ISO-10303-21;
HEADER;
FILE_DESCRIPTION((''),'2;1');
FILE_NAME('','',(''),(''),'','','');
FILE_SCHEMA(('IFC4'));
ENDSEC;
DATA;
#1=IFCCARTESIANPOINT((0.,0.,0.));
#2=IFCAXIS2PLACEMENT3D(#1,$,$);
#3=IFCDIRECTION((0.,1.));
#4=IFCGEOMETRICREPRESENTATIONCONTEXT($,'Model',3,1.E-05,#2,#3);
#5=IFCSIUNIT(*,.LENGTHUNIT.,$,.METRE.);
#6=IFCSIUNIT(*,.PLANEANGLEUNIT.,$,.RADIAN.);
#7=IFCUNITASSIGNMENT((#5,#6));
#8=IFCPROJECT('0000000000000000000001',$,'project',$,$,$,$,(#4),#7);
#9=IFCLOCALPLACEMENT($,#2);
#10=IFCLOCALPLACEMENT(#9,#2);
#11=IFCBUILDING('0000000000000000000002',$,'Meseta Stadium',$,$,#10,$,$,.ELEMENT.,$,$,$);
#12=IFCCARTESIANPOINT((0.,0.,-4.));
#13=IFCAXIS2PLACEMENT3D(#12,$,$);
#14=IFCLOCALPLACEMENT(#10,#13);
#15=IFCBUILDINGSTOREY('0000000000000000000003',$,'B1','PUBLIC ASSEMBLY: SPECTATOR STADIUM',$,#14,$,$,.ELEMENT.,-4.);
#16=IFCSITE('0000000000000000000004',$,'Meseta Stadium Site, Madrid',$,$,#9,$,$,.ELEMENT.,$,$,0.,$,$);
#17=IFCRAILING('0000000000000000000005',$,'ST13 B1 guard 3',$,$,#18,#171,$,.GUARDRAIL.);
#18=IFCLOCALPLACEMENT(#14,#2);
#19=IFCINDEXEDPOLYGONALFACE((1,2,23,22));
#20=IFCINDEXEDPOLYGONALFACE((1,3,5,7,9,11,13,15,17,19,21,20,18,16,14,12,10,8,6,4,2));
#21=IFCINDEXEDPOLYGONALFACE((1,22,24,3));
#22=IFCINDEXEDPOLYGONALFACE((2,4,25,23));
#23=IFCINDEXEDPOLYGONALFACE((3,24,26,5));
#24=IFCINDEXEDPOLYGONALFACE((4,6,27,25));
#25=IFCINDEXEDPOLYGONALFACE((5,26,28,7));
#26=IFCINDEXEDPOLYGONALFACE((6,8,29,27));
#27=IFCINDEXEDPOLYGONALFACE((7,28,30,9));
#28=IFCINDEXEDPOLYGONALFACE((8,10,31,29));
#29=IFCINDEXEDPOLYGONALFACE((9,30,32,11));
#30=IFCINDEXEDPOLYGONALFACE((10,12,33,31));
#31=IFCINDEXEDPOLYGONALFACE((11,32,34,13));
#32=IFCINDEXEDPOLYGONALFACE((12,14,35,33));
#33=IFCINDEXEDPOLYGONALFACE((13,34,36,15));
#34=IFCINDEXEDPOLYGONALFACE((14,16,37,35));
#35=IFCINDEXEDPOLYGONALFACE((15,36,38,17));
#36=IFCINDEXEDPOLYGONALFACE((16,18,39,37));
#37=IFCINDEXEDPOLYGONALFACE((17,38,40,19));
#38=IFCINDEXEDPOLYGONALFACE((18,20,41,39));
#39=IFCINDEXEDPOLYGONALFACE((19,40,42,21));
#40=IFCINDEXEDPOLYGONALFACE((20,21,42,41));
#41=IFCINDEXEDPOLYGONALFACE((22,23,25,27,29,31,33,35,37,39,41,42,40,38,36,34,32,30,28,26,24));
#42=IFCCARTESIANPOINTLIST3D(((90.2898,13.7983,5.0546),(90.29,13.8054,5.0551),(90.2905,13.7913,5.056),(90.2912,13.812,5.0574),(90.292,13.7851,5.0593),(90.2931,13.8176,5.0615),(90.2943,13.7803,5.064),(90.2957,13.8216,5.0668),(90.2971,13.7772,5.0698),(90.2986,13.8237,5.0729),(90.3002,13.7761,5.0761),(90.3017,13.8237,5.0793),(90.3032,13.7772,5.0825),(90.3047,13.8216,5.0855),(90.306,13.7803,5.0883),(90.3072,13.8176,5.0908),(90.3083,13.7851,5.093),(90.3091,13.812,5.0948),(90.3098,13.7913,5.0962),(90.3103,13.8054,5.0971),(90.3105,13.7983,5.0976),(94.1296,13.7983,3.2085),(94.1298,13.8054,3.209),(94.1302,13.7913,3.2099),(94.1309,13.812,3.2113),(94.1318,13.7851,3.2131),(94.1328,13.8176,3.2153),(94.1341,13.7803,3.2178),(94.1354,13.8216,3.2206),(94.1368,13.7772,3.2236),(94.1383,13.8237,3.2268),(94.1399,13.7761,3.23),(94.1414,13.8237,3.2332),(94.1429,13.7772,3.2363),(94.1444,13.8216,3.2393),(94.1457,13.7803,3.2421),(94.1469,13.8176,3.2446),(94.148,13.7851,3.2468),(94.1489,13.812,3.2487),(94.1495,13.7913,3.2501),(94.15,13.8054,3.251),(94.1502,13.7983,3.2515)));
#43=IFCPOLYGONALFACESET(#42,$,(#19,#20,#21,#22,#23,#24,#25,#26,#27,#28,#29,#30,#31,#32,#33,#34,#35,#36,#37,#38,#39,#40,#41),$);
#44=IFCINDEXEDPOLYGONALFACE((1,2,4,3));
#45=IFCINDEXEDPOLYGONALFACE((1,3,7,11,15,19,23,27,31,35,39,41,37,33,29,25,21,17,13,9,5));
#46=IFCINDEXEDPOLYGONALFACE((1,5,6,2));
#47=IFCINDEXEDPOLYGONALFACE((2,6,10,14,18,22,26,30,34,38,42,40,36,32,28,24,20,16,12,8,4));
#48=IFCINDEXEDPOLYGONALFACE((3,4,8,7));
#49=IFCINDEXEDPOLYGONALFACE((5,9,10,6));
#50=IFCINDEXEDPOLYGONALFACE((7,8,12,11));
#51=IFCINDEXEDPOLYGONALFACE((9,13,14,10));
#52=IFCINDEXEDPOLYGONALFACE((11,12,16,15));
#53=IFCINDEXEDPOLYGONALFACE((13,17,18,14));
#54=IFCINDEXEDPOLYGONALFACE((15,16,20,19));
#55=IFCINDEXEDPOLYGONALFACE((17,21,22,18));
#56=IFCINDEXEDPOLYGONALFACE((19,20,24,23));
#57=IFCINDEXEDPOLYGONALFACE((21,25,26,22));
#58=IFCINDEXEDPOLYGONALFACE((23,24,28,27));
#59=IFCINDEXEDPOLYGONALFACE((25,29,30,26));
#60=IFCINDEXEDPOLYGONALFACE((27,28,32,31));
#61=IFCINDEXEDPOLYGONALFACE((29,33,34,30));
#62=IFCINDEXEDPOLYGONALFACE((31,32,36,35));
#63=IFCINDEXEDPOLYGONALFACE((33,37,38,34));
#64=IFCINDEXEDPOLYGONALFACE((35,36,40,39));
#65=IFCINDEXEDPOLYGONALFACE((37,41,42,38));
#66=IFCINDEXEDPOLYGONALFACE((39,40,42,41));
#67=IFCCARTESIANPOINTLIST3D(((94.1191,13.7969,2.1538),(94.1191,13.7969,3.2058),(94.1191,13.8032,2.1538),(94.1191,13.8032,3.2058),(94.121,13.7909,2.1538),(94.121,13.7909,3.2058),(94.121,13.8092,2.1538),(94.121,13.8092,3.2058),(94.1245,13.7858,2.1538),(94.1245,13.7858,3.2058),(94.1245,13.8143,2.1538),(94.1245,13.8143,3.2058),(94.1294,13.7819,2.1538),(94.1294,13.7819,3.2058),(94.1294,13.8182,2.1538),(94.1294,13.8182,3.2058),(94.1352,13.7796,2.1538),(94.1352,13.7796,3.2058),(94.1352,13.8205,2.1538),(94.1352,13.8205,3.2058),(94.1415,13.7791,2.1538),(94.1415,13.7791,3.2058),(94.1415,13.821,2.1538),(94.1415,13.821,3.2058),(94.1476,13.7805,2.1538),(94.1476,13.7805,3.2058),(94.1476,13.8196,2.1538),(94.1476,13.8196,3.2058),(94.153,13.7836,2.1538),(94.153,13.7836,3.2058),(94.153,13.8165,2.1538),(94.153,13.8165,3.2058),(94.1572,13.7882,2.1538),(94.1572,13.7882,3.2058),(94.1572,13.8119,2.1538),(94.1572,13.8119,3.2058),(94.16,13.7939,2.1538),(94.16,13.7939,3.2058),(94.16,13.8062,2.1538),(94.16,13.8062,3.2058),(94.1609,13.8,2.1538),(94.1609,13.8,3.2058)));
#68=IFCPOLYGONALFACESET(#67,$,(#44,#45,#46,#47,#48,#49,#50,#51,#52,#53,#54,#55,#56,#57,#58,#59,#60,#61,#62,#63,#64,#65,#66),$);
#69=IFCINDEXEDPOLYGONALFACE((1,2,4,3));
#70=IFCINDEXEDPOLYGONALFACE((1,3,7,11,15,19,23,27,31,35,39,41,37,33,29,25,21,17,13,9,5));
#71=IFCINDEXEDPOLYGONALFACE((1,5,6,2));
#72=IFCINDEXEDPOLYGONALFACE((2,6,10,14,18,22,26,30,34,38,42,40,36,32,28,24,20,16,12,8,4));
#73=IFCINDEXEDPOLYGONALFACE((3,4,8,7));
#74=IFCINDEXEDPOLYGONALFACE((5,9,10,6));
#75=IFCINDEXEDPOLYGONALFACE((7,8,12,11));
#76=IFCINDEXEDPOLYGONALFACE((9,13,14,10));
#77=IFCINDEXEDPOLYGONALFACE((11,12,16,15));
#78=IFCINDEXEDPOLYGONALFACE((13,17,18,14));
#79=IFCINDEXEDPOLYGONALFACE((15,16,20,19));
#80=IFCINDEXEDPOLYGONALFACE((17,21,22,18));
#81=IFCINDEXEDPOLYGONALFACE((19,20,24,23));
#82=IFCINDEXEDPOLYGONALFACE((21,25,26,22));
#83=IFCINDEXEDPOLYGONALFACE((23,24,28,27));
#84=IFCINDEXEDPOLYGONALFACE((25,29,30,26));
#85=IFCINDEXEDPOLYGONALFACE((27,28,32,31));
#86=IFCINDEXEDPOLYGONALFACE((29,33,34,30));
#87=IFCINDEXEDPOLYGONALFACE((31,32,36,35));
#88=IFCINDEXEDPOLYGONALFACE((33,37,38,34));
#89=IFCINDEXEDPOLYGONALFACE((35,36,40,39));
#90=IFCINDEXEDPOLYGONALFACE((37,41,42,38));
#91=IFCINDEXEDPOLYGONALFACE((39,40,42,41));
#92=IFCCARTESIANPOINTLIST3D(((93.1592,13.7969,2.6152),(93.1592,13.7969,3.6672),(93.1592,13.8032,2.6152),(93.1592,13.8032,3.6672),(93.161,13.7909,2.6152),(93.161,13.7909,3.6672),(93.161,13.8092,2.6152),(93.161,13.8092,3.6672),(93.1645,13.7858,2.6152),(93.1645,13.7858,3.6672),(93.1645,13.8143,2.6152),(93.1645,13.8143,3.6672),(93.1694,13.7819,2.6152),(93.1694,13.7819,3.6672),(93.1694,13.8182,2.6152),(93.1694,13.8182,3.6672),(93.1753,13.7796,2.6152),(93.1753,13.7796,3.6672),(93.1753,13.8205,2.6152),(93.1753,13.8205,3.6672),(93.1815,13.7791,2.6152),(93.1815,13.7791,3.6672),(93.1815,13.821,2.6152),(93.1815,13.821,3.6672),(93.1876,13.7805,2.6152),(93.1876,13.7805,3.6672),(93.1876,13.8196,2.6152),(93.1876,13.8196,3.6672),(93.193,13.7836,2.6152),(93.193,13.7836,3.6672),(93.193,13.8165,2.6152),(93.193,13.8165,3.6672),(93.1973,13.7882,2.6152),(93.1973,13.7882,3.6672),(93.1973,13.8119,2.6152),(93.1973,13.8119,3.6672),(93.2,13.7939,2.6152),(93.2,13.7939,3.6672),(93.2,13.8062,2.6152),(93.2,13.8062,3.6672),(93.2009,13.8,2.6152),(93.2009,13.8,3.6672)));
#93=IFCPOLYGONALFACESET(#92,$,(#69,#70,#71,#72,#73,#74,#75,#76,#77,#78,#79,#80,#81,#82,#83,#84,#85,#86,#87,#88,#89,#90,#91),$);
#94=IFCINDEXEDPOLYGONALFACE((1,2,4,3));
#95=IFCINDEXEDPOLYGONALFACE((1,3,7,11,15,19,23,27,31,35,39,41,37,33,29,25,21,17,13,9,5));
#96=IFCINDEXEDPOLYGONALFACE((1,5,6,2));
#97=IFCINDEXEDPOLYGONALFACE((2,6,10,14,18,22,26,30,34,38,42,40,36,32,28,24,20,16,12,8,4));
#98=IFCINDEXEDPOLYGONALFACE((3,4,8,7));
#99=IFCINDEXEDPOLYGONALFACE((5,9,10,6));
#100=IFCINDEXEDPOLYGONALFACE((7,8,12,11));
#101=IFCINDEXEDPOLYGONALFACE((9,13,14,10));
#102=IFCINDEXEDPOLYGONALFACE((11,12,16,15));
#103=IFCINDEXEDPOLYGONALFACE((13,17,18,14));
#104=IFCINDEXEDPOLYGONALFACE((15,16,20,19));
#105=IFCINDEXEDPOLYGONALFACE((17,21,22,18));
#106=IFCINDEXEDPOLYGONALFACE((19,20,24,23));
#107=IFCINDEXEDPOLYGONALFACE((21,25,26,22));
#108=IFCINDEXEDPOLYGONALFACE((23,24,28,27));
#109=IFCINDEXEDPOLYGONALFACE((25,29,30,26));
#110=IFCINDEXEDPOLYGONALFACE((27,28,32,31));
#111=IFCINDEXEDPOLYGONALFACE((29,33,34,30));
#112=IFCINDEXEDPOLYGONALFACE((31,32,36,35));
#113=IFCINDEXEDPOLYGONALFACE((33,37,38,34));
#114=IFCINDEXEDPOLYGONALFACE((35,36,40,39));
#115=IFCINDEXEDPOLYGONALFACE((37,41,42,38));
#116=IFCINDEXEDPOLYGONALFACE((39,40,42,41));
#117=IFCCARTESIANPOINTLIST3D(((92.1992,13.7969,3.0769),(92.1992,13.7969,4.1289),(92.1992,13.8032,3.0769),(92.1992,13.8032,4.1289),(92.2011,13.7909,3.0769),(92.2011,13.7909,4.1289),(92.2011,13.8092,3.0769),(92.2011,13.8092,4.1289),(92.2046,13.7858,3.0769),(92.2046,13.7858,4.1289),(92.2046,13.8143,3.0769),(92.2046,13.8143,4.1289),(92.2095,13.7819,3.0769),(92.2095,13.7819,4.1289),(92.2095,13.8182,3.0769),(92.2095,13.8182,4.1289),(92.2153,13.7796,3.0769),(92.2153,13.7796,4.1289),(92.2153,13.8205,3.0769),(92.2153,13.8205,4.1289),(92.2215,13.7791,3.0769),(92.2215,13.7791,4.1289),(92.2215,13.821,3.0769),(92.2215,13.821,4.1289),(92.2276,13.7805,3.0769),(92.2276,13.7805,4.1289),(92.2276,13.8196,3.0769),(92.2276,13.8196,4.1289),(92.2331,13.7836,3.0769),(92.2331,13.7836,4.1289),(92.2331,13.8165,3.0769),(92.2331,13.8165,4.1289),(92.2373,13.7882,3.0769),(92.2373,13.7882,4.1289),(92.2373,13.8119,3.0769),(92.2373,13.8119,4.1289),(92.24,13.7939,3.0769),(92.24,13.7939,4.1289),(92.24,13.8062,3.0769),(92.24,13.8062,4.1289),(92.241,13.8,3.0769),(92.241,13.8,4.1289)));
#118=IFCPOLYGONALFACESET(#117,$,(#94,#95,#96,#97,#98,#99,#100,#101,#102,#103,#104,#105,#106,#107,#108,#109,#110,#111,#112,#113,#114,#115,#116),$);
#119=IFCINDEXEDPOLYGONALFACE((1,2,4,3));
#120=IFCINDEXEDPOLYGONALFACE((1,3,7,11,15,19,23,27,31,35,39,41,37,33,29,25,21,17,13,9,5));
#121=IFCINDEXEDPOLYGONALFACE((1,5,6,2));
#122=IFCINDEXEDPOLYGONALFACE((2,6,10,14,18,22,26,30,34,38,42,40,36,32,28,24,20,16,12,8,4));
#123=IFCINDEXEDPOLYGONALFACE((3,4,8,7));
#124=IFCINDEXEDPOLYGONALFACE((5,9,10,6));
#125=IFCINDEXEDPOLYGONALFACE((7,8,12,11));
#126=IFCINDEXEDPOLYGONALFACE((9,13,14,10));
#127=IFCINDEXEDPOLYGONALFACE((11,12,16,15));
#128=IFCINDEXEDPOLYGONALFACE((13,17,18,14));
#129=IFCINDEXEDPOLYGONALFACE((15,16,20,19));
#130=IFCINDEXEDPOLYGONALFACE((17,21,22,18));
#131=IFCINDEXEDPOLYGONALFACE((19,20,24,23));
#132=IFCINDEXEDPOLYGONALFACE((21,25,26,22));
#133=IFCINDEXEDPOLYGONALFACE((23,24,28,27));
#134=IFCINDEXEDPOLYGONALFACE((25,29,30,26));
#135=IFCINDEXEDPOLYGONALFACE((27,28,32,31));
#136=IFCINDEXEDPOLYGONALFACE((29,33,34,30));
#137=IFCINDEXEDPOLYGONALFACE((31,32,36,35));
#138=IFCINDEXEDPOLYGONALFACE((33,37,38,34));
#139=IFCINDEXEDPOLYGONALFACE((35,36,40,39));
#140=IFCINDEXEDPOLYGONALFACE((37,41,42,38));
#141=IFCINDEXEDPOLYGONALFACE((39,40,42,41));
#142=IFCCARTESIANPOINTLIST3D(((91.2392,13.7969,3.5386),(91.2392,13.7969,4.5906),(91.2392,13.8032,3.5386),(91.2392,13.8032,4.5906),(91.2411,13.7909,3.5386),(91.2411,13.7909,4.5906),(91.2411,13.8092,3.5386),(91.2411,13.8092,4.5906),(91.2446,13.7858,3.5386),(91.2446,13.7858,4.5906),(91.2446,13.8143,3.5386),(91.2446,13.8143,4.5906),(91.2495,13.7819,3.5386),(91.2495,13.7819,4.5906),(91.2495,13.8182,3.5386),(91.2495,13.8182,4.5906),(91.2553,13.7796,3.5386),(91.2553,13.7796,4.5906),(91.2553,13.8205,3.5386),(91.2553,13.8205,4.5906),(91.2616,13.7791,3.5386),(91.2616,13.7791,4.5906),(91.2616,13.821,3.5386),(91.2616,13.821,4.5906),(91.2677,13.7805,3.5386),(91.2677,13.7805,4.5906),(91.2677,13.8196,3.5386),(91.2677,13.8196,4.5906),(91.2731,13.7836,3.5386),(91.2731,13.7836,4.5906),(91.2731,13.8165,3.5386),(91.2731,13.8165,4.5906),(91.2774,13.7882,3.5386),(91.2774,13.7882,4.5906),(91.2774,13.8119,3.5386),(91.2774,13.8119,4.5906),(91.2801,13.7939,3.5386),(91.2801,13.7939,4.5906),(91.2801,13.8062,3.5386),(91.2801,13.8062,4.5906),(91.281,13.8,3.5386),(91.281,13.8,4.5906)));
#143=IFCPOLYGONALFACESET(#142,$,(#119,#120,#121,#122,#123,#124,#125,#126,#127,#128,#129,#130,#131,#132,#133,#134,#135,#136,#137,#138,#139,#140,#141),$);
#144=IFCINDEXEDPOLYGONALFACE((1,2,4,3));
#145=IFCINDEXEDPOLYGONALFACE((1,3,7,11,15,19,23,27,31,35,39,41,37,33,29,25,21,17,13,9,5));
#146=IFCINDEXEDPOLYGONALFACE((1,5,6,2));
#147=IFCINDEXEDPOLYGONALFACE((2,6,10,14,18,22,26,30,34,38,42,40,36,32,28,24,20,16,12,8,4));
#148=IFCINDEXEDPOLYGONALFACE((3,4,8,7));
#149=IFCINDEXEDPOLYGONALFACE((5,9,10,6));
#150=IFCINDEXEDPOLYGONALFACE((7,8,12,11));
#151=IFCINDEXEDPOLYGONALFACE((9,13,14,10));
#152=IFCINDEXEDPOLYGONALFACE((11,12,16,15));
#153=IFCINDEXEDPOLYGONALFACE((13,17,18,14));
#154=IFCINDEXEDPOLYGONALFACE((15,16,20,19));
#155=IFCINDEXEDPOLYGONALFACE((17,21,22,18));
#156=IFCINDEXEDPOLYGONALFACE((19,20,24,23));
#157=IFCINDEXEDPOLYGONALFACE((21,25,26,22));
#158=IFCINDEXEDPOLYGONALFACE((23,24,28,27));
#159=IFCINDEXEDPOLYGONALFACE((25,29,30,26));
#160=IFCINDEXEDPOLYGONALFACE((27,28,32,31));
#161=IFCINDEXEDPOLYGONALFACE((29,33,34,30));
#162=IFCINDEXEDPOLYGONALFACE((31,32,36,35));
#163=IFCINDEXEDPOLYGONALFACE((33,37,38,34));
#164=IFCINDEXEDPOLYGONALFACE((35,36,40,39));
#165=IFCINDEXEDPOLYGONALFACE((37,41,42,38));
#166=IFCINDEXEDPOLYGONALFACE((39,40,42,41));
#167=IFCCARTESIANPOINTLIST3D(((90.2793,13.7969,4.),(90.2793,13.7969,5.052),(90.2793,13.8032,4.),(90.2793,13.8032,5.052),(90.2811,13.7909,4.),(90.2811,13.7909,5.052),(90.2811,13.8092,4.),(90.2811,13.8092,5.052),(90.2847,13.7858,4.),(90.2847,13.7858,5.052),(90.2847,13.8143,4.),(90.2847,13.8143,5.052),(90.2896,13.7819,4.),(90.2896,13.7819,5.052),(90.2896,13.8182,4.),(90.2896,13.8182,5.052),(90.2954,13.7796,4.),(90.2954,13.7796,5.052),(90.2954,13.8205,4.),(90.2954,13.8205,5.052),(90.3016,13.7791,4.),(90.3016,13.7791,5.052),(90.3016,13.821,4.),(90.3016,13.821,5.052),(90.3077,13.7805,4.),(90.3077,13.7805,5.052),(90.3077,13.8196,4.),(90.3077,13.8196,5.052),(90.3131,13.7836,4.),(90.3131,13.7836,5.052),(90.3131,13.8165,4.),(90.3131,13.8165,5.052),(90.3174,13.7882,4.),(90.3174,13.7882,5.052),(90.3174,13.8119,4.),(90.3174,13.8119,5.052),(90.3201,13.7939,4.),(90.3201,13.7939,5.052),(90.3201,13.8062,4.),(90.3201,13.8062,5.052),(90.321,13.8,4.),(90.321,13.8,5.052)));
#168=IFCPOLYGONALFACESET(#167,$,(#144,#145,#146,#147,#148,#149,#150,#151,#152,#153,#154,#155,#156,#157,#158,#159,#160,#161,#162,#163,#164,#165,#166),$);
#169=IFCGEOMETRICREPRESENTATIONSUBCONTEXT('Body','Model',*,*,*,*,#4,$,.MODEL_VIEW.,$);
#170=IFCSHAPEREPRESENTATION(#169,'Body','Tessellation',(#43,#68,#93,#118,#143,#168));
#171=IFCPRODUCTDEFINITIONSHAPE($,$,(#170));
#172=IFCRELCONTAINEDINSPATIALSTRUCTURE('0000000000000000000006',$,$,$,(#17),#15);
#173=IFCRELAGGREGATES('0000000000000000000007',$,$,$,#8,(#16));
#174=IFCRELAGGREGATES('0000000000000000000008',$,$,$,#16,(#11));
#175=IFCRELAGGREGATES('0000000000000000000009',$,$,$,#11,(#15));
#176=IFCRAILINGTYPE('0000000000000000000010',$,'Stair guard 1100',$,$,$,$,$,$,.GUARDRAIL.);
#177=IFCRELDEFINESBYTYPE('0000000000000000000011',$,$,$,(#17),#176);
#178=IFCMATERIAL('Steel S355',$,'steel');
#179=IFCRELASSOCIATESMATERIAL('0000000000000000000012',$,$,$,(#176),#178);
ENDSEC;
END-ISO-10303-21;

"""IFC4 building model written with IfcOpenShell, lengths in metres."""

from ifc_helpers import new_model, si_unit, direction, frame, origin, origin_2d, place, context, subcontext, project, spatial, circle, extrude, material, type_object, element, save


model = new_model("IFC4")

# Units and contexts
model_context = context("Model", 3, precision=1e-05, world=origin(), true_north=direction((0.0, 1.0)))
body_context = subcontext(model_context, "Body", "Model", "MODEL_VIEW")
ifc_project = project(units=[si_unit("LENGTHUNIT", "METRE"), si_unit("PLANEANGLEUNIT", "RADIAN")], contexts=[model_context])

# Site, building, storey
site_placement = place(None, origin())
site = spatial("IfcSite", under=ifc_project, at=site_placement, Name="Meseta Stadium Site, Madrid", CompositionType="ELEMENT", RefElevation=0.0)
building_placement = place(site_placement, origin())
building = spatial("IfcBuilding", under=site, at=building_placement, Name="Meseta Stadium", CompositionType="ELEMENT")
storey_placement = place(building_placement, frame((0.0, 0.0, -4.0)))
storey = spatial("IfcBuildingStorey", under=building, at=storey_placement, Name="B1", Description="PUBLIC ASSEMBLY: SPECTATOR STADIUM", CompositionType="ELEMENT", Elevation=-4.0)

# Railing
ifc_material_1 = material(Name="Steel S355", Category="steel")
railing_type_1 = type_object("IfcRailingType", Name="Stair guard 1100", PredefinedType="GUARDRAIL", material=ifc_material_1)
railing_1_placement = place(storey_placement, frame((94.1399, 13.8, 2.1538)))
element("IfcRailing", 1, at=railing_1_placement, inside=storey, type_object=railing_type_1, Name="ST13 B1 guard 3", PredefinedType="GUARDRAIL", context=body_context, shape_type="SweptSolid", body=[
    extrude(circle(Radius=0.0239, at=origin_2d()), frame((0.0, 0.0, 1.0762), z_axis=(-0.901242, 0.0, 0.433316), x_axis=(0.0, -1.0, 0.0)), (0.0, 0.0, 1.0), 4.2605),
    extrude(circle(Radius=0.021, at=origin_2d()), origin(), (0.0, 0.0, 1.0), 1.052),
    extrude(circle(Radius=0.021, at=origin_2d()), frame((-0.96, 0.0, 0.4614)), (0.0, 0.0, 1.0), 1.052),
    extrude(circle(Radius=0.021, at=origin_2d()), frame((-1.9199, 0.0, 0.9231)), (0.0, 0.0, 1.0), 1.052),
    extrude(circle(Radius=0.021, at=origin_2d()), frame((-2.8799, 0.0, 1.3848)), (0.0, 0.0, 1.0), 1.052),
    extrude(circle(Radius=0.021, at=origin_2d()), frame((-3.8398, 0.0, 1.8462)), (0.0, 0.0, 1.0), 1.052),
])

save(model, "model.ifc")
